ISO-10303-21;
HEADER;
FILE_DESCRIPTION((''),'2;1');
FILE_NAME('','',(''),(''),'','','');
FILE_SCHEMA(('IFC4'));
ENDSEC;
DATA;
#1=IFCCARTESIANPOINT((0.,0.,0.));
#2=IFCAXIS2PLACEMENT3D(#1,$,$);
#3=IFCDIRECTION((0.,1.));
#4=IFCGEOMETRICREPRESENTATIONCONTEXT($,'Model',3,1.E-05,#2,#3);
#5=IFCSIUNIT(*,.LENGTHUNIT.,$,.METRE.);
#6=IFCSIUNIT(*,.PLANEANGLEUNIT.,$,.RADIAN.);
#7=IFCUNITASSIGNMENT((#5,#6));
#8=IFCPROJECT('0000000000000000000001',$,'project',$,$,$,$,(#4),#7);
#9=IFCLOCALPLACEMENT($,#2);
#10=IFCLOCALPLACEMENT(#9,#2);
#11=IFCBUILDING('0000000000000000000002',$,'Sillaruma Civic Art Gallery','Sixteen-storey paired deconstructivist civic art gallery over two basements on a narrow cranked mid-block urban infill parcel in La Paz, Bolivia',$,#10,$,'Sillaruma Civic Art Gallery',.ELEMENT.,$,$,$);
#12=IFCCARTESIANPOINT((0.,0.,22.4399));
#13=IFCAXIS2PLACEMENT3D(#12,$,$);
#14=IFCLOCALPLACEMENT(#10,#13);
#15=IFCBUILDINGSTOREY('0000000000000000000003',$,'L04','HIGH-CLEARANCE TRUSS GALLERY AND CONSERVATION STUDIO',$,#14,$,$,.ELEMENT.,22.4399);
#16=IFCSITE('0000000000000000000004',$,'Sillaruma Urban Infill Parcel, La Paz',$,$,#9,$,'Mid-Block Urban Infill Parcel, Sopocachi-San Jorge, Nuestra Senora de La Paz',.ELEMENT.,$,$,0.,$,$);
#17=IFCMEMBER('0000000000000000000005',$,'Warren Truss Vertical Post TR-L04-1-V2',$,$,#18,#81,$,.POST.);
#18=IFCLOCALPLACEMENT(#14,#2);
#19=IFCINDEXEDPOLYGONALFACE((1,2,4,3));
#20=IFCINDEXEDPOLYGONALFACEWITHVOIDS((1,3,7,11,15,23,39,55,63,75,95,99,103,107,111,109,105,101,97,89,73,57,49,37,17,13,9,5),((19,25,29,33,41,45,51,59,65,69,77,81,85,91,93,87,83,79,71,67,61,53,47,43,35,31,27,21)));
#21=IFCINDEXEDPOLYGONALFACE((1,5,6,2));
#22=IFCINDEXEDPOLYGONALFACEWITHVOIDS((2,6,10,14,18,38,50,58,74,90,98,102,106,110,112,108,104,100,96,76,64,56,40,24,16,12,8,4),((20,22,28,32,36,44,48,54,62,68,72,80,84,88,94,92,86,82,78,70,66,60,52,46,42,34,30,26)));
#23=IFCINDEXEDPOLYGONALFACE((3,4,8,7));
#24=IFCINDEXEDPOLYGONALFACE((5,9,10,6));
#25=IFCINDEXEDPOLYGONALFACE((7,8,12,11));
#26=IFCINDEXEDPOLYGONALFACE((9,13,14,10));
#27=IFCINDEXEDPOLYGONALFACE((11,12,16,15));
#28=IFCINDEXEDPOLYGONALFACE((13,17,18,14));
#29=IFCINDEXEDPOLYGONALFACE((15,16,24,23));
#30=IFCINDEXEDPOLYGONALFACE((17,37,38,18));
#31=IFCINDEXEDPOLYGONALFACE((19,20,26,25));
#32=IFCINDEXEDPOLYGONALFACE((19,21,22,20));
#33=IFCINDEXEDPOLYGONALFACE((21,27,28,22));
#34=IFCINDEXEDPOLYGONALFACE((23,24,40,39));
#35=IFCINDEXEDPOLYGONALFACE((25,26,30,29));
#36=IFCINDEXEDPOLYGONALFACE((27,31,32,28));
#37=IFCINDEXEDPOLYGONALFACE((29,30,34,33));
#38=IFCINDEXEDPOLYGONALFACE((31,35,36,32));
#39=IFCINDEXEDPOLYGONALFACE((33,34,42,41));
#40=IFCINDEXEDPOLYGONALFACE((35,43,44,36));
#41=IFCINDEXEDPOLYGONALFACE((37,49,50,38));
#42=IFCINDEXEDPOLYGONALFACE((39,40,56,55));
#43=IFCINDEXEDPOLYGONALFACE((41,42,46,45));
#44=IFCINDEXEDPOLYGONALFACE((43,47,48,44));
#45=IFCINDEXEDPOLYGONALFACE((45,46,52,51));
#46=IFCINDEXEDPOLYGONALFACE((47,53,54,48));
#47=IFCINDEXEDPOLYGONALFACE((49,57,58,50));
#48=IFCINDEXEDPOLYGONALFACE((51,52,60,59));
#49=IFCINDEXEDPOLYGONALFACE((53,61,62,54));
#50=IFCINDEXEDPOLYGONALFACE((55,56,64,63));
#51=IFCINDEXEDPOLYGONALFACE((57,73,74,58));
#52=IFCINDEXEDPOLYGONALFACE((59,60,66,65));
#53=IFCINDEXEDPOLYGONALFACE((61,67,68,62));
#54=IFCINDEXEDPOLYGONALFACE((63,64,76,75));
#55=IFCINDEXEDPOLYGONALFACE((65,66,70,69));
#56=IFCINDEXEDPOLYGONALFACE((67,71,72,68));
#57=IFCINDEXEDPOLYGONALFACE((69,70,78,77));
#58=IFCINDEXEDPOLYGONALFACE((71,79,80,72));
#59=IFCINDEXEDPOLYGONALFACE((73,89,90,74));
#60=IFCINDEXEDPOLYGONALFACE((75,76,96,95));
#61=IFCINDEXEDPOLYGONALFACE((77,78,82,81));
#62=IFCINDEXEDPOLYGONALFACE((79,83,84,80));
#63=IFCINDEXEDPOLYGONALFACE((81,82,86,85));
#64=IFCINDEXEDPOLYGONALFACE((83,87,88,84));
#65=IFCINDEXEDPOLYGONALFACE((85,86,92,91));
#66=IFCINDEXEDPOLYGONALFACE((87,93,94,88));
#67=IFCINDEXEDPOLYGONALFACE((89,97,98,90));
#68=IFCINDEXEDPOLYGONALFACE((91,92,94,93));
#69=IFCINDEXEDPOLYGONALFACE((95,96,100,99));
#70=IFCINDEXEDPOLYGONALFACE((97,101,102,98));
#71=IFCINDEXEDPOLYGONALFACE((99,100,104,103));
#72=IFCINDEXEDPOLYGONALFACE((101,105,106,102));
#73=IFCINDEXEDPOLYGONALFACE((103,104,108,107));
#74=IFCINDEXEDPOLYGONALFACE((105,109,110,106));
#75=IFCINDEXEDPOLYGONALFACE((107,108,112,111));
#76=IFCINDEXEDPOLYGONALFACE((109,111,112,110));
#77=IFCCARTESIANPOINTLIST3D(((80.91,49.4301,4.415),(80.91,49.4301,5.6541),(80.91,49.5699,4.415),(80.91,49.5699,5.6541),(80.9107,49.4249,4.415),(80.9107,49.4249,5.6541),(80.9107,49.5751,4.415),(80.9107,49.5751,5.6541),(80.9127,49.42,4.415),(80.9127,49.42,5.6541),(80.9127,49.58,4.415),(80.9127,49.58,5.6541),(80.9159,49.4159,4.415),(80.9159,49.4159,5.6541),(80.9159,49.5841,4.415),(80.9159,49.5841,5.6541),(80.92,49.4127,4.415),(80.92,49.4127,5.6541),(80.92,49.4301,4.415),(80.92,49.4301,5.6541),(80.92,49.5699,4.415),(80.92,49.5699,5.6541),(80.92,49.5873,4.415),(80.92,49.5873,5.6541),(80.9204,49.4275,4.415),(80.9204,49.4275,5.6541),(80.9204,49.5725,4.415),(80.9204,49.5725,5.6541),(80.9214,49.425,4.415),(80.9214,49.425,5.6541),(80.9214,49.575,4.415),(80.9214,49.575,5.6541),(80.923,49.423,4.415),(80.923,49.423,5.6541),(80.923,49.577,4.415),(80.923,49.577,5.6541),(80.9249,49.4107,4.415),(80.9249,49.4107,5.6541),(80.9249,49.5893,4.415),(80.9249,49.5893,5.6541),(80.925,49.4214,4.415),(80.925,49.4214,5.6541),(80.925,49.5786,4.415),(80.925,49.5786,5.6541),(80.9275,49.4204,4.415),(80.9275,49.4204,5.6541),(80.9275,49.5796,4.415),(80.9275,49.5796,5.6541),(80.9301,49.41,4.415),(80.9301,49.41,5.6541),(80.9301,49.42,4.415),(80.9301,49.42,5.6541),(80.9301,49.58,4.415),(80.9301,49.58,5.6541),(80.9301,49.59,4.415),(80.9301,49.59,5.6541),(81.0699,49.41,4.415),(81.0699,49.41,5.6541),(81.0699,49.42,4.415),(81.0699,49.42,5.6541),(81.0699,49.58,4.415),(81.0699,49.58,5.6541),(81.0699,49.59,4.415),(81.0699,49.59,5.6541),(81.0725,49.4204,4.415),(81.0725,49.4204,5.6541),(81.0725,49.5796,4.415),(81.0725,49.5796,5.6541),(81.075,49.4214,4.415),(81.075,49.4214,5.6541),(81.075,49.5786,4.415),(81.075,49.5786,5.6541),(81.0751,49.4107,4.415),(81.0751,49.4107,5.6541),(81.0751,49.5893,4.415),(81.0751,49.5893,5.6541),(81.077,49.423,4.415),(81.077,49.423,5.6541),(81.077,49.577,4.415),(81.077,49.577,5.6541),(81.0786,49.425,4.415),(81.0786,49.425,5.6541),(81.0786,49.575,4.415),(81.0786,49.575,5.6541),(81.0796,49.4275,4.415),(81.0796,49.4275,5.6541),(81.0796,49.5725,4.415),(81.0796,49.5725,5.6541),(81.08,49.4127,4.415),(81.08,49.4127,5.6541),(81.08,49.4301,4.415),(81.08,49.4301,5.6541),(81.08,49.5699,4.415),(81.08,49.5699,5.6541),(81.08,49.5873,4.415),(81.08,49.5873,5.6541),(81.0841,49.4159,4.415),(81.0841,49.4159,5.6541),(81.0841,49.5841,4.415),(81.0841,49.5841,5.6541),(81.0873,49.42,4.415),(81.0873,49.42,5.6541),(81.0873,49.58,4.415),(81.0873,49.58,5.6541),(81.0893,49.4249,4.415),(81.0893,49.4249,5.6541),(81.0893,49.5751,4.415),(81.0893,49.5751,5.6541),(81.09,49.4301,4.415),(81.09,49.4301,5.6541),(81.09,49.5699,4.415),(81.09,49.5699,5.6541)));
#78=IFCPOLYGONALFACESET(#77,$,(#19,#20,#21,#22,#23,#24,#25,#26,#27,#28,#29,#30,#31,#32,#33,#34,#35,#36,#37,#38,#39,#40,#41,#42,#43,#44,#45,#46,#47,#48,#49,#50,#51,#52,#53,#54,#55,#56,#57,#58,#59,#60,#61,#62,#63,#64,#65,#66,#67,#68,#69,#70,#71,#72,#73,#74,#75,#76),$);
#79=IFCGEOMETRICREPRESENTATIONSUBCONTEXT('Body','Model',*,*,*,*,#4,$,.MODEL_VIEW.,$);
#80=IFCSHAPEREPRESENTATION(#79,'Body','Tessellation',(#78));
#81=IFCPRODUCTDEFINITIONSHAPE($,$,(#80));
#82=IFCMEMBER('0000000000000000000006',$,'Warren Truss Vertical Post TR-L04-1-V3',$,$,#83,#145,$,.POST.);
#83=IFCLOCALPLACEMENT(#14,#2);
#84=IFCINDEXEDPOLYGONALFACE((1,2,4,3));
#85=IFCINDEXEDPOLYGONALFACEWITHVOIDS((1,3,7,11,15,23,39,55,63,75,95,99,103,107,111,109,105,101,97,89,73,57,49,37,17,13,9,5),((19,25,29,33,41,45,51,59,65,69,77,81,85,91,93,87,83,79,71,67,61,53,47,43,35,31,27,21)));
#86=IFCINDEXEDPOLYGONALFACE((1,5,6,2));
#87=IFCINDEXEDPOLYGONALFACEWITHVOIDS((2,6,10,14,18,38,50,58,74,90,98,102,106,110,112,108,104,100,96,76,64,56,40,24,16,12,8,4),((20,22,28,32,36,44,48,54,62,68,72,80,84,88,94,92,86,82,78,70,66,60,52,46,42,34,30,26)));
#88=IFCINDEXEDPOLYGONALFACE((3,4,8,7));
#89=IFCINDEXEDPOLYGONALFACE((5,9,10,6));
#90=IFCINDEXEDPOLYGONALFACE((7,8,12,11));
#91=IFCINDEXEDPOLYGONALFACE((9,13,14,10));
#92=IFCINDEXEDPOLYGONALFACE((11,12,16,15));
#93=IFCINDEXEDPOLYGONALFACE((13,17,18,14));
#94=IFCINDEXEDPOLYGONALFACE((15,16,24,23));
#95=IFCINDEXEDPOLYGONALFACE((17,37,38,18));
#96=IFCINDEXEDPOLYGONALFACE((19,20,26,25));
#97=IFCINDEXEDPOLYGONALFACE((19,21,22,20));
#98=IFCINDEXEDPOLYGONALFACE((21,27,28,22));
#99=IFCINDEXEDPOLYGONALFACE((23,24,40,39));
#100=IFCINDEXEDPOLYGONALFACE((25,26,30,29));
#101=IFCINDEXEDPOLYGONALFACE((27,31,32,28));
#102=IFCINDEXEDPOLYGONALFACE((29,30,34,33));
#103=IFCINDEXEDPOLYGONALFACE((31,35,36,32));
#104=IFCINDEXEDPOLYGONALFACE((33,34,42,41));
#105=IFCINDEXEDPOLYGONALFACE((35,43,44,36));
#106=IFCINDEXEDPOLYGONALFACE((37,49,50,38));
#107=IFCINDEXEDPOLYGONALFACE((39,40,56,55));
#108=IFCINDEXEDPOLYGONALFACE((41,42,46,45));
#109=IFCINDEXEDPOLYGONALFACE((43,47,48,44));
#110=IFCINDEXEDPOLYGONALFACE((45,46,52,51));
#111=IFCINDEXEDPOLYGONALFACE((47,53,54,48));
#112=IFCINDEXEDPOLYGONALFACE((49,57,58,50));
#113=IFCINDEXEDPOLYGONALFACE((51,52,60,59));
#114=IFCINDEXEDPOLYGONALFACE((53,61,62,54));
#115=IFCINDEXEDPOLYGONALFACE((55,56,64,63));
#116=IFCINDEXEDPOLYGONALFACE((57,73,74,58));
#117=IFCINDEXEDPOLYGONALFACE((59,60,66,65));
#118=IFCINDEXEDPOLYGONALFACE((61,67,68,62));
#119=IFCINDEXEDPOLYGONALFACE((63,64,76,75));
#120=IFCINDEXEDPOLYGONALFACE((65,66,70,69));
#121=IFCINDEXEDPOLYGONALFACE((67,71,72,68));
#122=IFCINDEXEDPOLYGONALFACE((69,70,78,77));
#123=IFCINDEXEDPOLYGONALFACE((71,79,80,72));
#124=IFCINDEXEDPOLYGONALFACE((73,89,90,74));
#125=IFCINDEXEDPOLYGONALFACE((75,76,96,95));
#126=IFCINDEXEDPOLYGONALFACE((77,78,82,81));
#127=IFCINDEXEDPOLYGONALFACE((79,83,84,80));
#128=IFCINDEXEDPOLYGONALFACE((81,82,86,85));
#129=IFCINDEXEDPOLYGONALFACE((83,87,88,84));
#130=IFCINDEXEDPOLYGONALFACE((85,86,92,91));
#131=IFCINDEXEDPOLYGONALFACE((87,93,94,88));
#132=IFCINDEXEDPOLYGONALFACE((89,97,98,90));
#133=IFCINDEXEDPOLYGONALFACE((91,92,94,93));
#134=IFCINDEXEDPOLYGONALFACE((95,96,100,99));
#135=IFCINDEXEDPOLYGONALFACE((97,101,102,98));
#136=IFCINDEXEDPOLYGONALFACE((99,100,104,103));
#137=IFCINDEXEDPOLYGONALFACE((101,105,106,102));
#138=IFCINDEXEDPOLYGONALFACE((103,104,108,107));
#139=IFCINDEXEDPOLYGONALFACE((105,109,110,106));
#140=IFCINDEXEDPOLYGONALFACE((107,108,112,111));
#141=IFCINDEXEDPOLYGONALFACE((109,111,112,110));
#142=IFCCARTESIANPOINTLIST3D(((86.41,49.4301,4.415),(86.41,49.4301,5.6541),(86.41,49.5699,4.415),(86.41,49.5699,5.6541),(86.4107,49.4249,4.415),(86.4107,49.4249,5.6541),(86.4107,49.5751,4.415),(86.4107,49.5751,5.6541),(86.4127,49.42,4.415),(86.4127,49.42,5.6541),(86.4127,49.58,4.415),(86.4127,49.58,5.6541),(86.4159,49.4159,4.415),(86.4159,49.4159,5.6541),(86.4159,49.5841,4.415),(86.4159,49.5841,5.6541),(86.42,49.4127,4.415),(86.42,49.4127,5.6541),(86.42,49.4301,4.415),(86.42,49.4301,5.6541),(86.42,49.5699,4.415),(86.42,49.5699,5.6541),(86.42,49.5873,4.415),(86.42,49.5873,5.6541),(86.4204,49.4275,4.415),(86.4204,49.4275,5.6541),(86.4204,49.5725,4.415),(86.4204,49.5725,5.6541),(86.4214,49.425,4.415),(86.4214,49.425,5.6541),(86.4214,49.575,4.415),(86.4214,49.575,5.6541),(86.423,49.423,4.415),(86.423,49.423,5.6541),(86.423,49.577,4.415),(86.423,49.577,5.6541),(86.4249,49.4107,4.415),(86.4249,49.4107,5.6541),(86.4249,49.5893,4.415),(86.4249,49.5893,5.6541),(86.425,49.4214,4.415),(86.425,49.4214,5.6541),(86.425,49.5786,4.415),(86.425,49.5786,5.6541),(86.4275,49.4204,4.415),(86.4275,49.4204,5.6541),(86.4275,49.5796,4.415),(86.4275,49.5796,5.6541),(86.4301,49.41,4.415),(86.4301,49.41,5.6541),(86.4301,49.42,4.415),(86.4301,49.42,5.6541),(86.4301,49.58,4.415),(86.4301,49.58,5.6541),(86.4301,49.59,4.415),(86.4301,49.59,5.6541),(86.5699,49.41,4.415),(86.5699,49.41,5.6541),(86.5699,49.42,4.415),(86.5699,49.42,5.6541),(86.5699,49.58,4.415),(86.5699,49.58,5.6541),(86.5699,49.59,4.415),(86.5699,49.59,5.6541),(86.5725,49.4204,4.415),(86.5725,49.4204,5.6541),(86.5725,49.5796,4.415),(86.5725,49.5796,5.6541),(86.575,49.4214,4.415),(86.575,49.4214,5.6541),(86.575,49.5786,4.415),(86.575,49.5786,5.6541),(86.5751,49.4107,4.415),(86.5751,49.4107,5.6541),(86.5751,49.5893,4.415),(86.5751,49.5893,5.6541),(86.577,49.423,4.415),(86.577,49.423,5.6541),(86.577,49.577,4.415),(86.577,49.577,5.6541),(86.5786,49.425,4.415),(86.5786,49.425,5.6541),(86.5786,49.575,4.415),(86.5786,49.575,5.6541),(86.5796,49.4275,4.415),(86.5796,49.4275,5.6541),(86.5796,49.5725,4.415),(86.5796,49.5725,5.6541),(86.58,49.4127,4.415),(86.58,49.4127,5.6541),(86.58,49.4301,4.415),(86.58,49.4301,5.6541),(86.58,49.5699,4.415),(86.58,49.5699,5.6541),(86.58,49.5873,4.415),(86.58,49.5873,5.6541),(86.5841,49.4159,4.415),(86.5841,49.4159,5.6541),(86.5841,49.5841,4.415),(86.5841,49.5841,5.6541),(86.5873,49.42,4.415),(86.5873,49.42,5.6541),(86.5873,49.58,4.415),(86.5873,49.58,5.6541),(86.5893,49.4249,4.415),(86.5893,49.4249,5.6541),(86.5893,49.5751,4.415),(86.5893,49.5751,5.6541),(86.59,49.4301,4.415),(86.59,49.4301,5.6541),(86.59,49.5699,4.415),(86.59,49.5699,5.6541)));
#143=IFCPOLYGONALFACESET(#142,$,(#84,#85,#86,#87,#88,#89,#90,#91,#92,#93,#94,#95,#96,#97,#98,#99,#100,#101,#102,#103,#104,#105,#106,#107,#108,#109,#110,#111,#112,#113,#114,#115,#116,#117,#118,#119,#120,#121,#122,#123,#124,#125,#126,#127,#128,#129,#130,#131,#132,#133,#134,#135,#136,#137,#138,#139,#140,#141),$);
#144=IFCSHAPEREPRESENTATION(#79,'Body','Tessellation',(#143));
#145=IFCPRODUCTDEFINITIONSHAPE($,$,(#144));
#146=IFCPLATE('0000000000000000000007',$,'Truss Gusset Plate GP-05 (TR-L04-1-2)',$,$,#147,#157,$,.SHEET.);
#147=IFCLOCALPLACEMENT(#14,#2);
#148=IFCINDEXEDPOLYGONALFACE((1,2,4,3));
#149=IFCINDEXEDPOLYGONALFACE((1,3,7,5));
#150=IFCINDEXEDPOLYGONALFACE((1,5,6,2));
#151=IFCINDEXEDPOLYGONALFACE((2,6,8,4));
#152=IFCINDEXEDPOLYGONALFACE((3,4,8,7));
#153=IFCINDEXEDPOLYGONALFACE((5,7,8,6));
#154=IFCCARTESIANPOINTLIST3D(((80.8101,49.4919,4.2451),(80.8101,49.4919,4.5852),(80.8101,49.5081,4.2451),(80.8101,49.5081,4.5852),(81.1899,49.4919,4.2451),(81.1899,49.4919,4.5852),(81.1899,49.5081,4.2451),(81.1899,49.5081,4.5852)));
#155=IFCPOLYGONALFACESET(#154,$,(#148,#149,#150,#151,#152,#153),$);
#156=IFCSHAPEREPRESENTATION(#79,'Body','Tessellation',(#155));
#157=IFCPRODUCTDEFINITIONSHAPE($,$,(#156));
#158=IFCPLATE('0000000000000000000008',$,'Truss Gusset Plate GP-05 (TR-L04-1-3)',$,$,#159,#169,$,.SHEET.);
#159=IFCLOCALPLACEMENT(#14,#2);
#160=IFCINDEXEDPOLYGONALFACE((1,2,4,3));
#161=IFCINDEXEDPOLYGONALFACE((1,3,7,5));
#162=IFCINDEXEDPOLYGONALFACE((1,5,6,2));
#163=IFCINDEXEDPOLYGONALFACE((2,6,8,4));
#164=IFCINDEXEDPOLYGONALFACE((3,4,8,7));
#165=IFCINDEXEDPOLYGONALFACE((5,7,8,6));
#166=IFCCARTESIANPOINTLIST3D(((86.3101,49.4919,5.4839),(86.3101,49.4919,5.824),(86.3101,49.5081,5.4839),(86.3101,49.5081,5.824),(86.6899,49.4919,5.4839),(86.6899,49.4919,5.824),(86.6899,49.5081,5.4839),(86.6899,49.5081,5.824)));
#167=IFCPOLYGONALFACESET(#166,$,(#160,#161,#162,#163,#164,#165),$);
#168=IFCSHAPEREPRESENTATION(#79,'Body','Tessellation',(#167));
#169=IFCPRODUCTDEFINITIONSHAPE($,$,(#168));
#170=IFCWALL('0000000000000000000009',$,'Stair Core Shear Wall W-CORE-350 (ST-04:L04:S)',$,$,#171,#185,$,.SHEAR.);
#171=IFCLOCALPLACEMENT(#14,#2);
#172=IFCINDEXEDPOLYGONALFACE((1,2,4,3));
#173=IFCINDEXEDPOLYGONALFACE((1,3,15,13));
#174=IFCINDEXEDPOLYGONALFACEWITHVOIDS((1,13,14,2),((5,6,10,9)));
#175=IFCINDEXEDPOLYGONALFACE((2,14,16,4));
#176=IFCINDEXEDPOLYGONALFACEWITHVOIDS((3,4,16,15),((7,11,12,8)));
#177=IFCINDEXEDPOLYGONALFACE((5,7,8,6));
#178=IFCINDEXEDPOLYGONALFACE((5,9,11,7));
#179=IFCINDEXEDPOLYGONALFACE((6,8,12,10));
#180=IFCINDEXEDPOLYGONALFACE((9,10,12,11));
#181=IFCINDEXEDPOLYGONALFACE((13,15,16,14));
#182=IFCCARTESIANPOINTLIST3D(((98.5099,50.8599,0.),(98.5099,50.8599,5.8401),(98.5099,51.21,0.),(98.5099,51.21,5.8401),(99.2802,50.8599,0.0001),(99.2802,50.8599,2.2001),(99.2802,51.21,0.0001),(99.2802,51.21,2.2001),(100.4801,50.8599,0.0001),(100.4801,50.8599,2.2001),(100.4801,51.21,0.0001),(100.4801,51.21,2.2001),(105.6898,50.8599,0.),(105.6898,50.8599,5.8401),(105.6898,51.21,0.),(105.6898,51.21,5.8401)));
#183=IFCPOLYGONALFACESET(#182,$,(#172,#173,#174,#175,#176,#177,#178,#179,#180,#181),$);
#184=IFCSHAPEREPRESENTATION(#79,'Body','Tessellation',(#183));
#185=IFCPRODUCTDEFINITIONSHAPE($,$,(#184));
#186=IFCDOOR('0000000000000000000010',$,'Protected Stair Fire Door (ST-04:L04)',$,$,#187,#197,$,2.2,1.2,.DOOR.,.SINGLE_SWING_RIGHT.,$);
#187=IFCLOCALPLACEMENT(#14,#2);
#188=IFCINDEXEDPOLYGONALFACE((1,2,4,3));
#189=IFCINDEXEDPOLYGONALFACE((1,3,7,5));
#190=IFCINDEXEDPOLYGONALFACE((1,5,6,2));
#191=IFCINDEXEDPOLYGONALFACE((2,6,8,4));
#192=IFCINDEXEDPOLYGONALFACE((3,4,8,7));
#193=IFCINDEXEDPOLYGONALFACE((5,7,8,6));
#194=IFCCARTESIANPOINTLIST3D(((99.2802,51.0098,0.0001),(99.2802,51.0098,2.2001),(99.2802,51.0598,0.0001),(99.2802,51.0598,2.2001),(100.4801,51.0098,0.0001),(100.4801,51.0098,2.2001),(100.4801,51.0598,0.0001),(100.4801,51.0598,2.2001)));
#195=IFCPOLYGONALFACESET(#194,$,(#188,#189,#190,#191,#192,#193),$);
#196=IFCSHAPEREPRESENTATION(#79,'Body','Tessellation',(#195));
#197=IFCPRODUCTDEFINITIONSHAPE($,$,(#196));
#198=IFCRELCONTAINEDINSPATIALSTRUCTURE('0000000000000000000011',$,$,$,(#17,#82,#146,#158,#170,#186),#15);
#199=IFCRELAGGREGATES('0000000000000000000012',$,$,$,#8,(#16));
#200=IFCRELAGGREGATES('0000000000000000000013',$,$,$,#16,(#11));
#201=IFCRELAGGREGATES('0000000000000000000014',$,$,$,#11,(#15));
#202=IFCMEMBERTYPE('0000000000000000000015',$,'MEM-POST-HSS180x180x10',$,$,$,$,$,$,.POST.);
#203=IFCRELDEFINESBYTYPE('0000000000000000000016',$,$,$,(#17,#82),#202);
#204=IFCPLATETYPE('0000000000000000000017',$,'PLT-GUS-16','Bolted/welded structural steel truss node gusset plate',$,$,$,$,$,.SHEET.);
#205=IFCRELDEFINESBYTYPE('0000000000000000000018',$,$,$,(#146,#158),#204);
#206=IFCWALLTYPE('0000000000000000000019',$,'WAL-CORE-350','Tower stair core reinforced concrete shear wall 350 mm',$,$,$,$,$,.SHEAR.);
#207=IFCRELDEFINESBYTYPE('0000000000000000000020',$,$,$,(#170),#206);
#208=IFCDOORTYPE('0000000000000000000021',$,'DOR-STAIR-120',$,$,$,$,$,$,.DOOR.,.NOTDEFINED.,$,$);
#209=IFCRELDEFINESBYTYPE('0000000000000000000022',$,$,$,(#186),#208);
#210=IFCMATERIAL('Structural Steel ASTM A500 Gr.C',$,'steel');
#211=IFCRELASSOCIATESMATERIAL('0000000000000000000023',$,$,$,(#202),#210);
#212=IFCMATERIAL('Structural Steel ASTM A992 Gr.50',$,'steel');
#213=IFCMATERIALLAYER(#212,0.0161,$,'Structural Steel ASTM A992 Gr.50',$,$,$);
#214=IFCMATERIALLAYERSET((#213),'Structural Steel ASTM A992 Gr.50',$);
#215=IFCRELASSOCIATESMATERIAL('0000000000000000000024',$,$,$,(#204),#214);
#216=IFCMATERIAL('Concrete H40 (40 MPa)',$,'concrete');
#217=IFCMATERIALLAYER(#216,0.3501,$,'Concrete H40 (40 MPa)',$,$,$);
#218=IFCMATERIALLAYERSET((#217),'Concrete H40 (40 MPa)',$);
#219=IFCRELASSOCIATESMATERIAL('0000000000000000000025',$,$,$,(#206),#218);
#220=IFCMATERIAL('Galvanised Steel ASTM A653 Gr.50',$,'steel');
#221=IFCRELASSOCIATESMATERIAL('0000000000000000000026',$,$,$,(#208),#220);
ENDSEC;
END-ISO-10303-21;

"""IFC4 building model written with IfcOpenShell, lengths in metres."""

from ifc_helpers import new_model, si_unit, direction, frame, frame_2d, origin, origin_2d, place, context, subcontext, project, spatial, rectangle, hollow_rectangle, extrude, material, layer, layer_set, material_profile, profile_set, type_object, element, fill, save


model = new_model("IFC4")

# Units and contexts
model_context = context("Model", 3, precision=1e-05, world=origin(), true_north=direction((0.0, 1.0)))
body_context = subcontext(model_context, "Body", "Model", "MODEL_VIEW")
ifc_project = project(units=[si_unit("LENGTHUNIT", "METRE"), si_unit("PLANEANGLEUNIT", "RADIAN")], contexts=[model_context])

# Site, building, storey
site_placement = place(None, origin())
site = spatial("IfcSite", under=ifc_project, at=site_placement, Name="Sillaruma Urban Infill Parcel, La Paz", LongName="Mid-Block Urban Infill Parcel, Sopocachi-San Jorge, Nuestra Senora de La Paz", CompositionType="ELEMENT", RefElevation=0.0)
building_placement = place(site_placement, origin())
building = spatial("IfcBuilding", under=site, at=building_placement, Name="Sillaruma Civic Art Gallery", Description="Sixteen-storey paired deconstructivist civic art gallery over two basements on a narrow cranked mid-block urban infill parcel in La Paz, Bolivia", LongName="Sillaruma Civic Art Gallery", CompositionType="ELEMENT")
storey_placement = place(building_placement, frame((0.0, 0.0, 22.4399)))
storey = spatial("IfcBuildingStorey", under=building, at=storey_placement, Name="L04", Description="HIGH-CLEARANCE TRUSS GALLERY AND CONSERVATION STUDIO", CompositionType="ELEMENT", Elevation=22.4399)

# Shared definitions
ifc_material_1 = material(Name="Concrete H40 (40 MPa)", Category="concrete")

# Shared definitions
ifc_material_2 = material(Name="Structural Steel ASTM A992 Gr.50", Category="steel")

# Members
ifc_material_3 = material(Name="Structural Steel ASTM A500 Gr.C", Category="steel")
ifc_material_profile_1 = material_profile(ifc_material_3, hollow_rectangle(XDim=0.1799, YDim=0.1799, WallThickness=0.01, InnerFilletRadius=0.01, OuterFilletRadius=0.02, at=origin_2d()), Name="HSS180x180x10")
ifc_profile_set_1 = profile_set([ifc_material_profile_1], Name="Structural Steel ASTM A500 Gr.C")
member_type_1 = type_object("IfcMemberType", Name="MEM-POST-HSS180x180x10", PredefinedType="POST", material=ifc_profile_set_1)
for number, where, z_axis, x_axis, name in (
    (1, (81.0, 49.5, 4.415), (0.0, 0.0, 1.0), (1.0, 0.0, 0.0), "Warren Truss Vertical Post TR-L04-1-V2"),
    (2, (86.5, 49.5, 4.415), (0.0, 0.0, 1.0), (1.0, 0.0, 0.0), "Warren Truss Vertical Post TR-L04-1-V3"),
):
    element("IfcMember", number, at=place(storey_placement, frame(where, z_axis=z_axis, x_axis=x_axis)), inside=storey, type_object=member_type_1, Name=name, PredefinedType="POST", context=body_context, shape_type="SweptSolid", body=[
        extrude(hollow_rectangle(XDim=0.1799, YDim=0.1799, WallThickness=0.01, InnerFilletRadius=0.01, OuterFilletRadius=0.02, at=origin_2d()), origin(), (0.0, 0.0, 1.0), 1.239),
    ])

# Plates
ifc_layer_1 = layer(ifc_material_2, 0.0161, Name="Structural Steel ASTM A992 Gr.50")
ifc_layer_set_1 = layer_set([ifc_layer_1], Name="Structural Steel ASTM A992 Gr.50")
plate_type = type_object("IfcPlateType", Name="PLT-GUS-16", Description="Bolted/welded structural steel truss node gusset plate", PredefinedType="SHEET", material=ifc_layer_set_1)
for number, where, z_axis, x_axis, name in (
    (3, (81.0, 49.5, 4.2451), (0.0, 0.0, 1.0), (1.0, 0.0, 0.0), "Truss Gusset Plate GP-05 (TR-L04-1-2)"),
    (4, (86.5, 49.5, 5.4839), (0.0, 0.0, 1.0), (1.0, 0.0, 0.0), "Truss Gusset Plate GP-05 (TR-L04-1-3)"),
):
    element("IfcPlate", number, at=place(storey_placement, frame(where, z_axis=z_axis, x_axis=x_axis)), inside=storey, type_object=plate_type, Name=name, PredefinedType="SHEET", context=body_context, shape_type="SweptSolid", body=[
        extrude(rectangle(XDim=0.3799, YDim=0.0161, at=origin_2d()), origin(), (0.0, 0.0, 1.0), 0.3401),
    ])

# Wall, opening, door
ifc_layer_2 = layer(ifc_material_1, 0.3501, Name="Concrete H40 (40 MPa)")
ifc_layer_set_2 = layer_set([ifc_layer_2], Name="Concrete H40 (40 MPa)")
wall_type_1 = type_object("IfcWallType", Name="WAL-CORE-350", Description="Tower stair core reinforced concrete shear wall 350 mm", PredefinedType="SHEAR", material=ifc_layer_set_2)
wall_1_placement = place(storey_placement, frame((98.51, 51.0349, 0.0), z_axis=(0.0, 0.0, 1.0), x_axis=(1.0, 0.0, 0.0)))
wall_1 = element("IfcWall", 5, at=wall_1_placement, inside=storey, type_object=wall_type_1, Name="Stair Core Shear Wall W-CORE-350 (ST-04:L04:S)", PredefinedType="SHEAR", context=body_context, shape_type="SweptSolid", body=[
    extrude(rectangle(XDim=7.1799, YDim=0.3501, at=frame_2d((3.5898, 0.0))), origin(), (0.0, 0.0, 1.0), 5.8401),
])
opening_1_placement = place(wall_1_placement, frame((0.77, 0.0, 0.0)))
opening_1 = element("IfcOpeningElement", 6, at=opening_1_placement, cuts=wall_1, PredefinedType="OPENING", context=body_context, shape_type="SweptSolid", body=[
    extrude(rectangle(XDim=1.2, YDim=2.2, at=frame_2d((0.6001, 1.1001))), frame((0.0, 0.1851, 0.0), z_axis=(0.0, -1.0, 0.0), x_axis=(1.0, 0.0, 0.0)), (0.0, 0.0, 1.0), 0.3701),
])
ifc_material_4 = material(Name="Galvanised Steel ASTM A653 Gr.50", Category="steel")
door_type_1 = type_object("IfcDoorType", Name="DOR-STAIR-120", OperationType="NOTDEFINED", PredefinedType="DOOR", material=ifc_material_4)
door_1_placement = place(opening_1_placement, origin())
door_1 = element("IfcDoor", 7, at=door_1_placement, inside=storey, type_object=door_type_1, Name="Protected Stair Fire Door (ST-04:L04)", OperationType="SINGLE_SWING_RIGHT", OverallHeight=2.2, OverallWidth=1.2, PredefinedType="DOOR", context=body_context, shape_type="SweptSolid", body=[
    extrude(rectangle(XDim=1.2, YDim=2.2, at=frame_2d((0.6001, 1.1001))), frame((0.0, 0.0249, 0.0), z_axis=(0.0, -1.0, 0.0), x_axis=(1.0, 0.0, 0.0)), (0.0, 0.0, 1.0), 0.05),
])
fill(opening_1, door_1)

save(model, "model.ifc")
